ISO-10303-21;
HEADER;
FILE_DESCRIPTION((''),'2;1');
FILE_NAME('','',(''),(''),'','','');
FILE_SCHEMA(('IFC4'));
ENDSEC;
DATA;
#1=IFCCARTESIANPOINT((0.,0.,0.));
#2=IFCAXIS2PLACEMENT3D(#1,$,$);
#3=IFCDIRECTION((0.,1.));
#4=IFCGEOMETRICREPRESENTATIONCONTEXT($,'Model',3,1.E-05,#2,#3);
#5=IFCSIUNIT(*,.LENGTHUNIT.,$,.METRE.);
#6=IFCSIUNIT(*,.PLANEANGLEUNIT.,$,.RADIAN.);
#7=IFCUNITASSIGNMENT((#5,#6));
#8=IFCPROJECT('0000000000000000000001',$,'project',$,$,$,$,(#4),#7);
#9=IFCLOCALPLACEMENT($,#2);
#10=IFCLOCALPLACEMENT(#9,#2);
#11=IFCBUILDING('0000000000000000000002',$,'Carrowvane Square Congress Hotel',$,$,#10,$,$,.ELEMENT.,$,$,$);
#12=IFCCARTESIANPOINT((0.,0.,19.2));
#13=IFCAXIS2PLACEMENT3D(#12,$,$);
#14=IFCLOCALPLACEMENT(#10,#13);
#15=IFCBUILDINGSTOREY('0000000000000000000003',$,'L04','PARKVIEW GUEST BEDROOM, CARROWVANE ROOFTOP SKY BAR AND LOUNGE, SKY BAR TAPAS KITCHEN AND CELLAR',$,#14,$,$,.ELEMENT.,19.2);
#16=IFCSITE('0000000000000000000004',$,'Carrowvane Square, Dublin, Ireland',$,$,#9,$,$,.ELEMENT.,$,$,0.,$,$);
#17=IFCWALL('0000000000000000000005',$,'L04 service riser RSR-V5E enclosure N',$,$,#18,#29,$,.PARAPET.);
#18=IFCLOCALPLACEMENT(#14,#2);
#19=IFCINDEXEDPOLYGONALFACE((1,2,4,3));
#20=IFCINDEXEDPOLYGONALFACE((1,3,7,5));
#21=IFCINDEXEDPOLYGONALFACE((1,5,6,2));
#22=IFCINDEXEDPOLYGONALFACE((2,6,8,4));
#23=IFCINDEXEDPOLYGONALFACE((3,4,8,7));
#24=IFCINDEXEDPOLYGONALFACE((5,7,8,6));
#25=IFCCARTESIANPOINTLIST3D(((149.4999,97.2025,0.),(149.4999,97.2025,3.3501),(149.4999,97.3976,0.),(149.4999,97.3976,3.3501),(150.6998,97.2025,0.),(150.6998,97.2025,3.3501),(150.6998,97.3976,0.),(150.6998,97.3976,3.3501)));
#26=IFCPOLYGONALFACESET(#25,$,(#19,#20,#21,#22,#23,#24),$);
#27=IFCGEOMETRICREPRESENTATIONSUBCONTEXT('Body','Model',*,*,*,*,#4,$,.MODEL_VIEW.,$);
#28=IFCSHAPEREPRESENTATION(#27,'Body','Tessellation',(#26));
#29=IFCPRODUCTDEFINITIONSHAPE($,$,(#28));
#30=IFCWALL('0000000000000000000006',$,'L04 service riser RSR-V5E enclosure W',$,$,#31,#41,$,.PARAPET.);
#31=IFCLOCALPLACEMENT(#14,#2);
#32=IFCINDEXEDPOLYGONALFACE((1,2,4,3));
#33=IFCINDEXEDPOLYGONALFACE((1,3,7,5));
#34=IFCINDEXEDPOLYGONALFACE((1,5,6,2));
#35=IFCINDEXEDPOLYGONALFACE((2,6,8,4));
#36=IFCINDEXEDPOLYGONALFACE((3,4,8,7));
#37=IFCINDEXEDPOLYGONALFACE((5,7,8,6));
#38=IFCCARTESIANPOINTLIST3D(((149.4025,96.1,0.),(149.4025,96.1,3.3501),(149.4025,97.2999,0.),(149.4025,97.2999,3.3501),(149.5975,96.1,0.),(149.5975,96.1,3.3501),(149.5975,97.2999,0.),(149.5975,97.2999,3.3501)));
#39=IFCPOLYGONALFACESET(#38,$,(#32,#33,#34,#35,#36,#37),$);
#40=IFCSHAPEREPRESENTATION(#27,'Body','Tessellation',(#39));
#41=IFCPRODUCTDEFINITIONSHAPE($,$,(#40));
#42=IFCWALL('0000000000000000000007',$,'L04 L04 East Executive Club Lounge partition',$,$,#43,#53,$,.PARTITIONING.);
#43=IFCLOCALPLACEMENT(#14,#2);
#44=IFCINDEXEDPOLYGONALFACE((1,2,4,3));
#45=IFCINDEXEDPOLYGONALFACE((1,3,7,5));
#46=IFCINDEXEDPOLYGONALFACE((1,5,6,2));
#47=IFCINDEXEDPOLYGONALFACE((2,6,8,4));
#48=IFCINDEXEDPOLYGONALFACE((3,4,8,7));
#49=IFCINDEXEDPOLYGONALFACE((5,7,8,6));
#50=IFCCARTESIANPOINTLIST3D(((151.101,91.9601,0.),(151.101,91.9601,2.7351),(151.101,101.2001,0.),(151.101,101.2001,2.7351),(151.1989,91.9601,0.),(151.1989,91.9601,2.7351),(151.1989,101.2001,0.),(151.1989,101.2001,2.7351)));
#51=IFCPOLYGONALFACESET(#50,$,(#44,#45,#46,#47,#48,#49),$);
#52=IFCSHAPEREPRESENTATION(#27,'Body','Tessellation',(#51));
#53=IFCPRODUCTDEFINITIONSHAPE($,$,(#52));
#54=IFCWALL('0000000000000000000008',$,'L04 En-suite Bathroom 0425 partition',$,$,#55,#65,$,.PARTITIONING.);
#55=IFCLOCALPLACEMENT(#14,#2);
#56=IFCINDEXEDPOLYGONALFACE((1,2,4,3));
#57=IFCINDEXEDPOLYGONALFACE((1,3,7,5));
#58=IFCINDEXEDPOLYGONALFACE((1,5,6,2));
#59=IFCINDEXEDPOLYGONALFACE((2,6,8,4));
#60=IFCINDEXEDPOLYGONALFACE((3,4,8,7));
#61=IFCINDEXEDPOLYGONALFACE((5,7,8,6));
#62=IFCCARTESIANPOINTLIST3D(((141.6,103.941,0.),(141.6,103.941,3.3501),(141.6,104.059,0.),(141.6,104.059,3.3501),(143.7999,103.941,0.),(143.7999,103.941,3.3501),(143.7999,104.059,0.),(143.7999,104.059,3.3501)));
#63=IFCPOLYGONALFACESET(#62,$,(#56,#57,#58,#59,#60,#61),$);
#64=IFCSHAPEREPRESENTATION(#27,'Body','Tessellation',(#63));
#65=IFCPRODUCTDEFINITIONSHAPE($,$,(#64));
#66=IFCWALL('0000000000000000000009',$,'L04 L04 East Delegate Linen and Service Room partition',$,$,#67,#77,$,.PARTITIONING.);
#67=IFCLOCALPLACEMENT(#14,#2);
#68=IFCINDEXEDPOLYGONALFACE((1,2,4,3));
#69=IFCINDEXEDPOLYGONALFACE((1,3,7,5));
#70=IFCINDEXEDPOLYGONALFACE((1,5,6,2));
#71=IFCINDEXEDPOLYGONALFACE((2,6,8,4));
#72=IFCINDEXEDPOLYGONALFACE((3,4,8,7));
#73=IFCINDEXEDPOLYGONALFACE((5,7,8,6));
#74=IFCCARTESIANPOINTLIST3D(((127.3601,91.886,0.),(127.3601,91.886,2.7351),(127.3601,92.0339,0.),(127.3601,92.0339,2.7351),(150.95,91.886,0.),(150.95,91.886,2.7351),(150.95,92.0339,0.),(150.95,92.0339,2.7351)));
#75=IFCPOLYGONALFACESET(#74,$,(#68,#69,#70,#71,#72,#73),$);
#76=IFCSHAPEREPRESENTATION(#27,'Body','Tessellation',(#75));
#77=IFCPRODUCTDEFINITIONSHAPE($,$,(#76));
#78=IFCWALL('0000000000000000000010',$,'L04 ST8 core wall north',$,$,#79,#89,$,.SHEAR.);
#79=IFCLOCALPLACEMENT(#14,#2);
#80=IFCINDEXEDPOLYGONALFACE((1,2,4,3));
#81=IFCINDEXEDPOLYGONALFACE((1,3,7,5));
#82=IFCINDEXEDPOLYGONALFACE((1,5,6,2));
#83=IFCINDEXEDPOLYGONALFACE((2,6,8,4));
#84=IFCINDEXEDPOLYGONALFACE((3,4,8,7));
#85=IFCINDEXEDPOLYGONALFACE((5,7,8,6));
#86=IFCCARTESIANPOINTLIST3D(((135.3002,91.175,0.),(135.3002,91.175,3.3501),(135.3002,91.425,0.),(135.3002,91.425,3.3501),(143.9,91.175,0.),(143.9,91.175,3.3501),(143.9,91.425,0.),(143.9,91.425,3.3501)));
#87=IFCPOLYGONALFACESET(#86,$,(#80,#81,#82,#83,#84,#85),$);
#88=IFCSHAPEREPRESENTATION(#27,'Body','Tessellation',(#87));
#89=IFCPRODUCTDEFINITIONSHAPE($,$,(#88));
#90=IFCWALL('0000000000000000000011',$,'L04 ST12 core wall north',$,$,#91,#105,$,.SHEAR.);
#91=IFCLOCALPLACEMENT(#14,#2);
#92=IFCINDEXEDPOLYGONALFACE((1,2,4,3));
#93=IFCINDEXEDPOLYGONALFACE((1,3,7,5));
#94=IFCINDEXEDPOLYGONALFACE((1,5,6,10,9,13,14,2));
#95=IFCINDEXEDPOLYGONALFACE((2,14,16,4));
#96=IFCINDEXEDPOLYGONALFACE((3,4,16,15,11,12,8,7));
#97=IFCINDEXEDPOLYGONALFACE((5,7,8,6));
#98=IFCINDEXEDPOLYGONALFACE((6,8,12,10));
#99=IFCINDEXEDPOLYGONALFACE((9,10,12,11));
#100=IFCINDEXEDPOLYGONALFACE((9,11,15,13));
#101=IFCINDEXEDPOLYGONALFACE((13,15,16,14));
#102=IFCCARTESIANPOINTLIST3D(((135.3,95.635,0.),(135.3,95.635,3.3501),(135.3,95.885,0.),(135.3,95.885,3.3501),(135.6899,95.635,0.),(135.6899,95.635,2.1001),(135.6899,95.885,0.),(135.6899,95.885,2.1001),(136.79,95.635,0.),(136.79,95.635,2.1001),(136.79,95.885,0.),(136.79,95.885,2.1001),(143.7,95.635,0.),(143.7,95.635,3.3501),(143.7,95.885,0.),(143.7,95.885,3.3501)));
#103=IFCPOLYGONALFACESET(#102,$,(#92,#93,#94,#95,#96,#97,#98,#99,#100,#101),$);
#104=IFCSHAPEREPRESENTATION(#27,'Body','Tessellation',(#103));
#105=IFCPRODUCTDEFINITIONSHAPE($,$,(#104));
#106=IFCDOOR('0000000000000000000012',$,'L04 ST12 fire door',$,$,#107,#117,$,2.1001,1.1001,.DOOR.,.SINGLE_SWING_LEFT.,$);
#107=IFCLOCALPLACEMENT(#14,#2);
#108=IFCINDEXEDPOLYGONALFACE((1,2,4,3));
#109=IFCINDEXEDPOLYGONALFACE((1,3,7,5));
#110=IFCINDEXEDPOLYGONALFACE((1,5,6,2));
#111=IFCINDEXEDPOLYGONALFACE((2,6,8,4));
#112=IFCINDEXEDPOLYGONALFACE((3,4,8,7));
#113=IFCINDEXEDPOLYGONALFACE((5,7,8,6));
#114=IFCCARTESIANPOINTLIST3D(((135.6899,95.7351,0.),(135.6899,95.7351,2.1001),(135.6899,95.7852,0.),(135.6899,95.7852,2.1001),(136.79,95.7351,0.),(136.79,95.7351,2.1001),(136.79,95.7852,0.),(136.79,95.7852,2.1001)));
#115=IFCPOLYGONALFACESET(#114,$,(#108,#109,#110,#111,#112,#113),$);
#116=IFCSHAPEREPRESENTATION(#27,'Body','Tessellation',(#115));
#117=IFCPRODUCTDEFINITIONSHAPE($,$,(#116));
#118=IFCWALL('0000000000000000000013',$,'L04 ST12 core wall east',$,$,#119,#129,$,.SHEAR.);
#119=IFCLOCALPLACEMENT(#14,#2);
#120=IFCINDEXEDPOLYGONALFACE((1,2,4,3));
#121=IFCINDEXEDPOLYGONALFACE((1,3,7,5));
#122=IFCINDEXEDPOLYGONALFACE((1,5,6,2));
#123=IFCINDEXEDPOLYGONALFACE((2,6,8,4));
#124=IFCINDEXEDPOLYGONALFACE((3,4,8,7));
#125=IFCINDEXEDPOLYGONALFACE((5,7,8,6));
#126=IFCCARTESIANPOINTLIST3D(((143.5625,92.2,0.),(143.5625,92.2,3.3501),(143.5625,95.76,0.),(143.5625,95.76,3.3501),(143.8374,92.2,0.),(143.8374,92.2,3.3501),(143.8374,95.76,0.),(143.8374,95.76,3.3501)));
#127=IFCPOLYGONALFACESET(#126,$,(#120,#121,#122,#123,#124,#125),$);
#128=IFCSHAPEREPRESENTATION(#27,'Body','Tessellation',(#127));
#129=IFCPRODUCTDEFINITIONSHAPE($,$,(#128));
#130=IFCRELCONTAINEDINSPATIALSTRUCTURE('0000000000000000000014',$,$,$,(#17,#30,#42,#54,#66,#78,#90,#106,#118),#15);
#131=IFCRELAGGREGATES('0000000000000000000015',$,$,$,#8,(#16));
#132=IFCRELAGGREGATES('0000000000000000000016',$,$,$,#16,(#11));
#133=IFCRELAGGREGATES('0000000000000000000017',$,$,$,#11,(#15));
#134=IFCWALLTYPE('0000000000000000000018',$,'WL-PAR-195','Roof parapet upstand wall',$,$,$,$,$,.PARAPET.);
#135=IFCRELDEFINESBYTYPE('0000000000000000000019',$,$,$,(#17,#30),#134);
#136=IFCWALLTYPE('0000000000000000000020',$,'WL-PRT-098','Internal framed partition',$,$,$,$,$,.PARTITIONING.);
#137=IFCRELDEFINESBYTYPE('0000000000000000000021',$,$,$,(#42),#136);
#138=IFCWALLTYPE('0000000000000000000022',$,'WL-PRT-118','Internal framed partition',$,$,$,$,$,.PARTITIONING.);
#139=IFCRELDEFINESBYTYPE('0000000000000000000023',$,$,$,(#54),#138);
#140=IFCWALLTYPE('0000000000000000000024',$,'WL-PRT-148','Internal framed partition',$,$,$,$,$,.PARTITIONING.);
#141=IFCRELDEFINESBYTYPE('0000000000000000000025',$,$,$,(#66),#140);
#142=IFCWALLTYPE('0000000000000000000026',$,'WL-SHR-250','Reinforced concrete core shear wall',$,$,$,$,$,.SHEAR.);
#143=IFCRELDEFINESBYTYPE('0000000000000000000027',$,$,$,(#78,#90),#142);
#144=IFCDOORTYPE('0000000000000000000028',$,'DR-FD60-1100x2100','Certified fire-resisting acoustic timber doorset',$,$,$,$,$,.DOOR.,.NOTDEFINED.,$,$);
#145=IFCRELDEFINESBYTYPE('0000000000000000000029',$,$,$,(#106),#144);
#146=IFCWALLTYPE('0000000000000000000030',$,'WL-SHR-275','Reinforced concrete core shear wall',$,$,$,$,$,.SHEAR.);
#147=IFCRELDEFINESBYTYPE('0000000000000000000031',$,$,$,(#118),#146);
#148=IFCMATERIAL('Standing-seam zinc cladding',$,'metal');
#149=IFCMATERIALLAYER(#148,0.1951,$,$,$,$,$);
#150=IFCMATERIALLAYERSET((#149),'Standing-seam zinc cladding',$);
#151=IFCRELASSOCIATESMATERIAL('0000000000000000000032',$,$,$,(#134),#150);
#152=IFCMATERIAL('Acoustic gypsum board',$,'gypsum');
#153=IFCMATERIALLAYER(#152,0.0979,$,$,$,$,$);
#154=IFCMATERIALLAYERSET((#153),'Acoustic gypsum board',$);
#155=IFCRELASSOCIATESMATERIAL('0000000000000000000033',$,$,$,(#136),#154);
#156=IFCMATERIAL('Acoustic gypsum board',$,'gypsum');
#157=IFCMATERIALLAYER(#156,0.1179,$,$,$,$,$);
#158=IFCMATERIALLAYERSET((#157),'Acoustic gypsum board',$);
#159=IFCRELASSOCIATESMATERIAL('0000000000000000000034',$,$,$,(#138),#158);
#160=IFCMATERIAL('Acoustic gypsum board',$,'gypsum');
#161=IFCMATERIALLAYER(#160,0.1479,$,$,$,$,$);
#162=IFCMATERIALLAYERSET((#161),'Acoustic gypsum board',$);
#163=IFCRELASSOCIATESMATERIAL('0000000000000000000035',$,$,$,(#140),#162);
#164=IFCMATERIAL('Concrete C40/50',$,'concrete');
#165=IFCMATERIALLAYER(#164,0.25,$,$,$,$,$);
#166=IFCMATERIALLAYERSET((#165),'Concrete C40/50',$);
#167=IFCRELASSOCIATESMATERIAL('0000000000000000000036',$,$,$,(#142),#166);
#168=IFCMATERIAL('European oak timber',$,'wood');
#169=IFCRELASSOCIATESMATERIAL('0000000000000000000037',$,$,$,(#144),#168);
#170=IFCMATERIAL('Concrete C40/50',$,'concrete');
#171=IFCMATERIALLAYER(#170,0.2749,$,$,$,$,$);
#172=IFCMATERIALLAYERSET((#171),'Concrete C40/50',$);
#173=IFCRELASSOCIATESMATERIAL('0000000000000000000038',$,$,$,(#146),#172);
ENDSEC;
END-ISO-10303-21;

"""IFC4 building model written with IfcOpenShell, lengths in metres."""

from ifc_helpers import new_model, si_unit, direction, frame, frame_2d, origin, place, context, subcontext, project, spatial, rectangle, extrude, material, layer, layer_set, type_object, element, fill, save


model = new_model("IFC4")

# Units and contexts
model_context = context("Model", 3, precision=1e-05, world=origin(), true_north=direction((0.0, 1.0)))
body_context = subcontext(model_context, "Body", "Model", "MODEL_VIEW")
ifc_project = project(units=[si_unit("LENGTHUNIT", "METRE"), si_unit("PLANEANGLEUNIT", "RADIAN")], contexts=[model_context])

# Site, building, storey
site_placement = place(None, origin())
site = spatial("IfcSite", under=ifc_project, at=site_placement, Name="Carrowvane Square, Dublin, Ireland", CompositionType="ELEMENT", RefElevation=0.0)
building_placement = place(site_placement, origin())
building = spatial("IfcBuilding", under=site, at=building_placement, Name="Carrowvane Square Congress Hotel", CompositionType="ELEMENT")
storey_placement = place(building_placement, frame((0.0, 0.0, 19.2)))
storey = spatial("IfcBuildingStorey", under=building, at=storey_placement, Name="L04", Description="PARKVIEW GUEST BEDROOM, CARROWVANE ROOFTOP SKY BAR AND LOUNGE, SKY BAR TAPAS KITCHEN AND CELLAR", CompositionType="ELEMENT", Elevation=19.2)

# Walls
ifc_material_1 = material(Name="Standing-seam zinc cladding", Category="metal")
ifc_layer_1 = layer(ifc_material_1, 0.1951)
ifc_layer_set_1 = layer_set([ifc_layer_1], Name="Standing-seam zinc cladding")
wall_type_1 = type_object("IfcWallType", Name="WL-PAR-195", Description="Roof parapet upstand wall", PredefinedType="PARAPET", material=ifc_layer_set_1)
for number, where, z_axis, x_axis, name in (
    (1, (150.7, 97.3, 0.0), (0.0, 0.0, 1.0), (-1.0, 0.0, 0.0), "L04 service riser RSR-V5E enclosure N"),
    (2, (149.5, 97.3, 0.0), (0.0, 0.0, 1.0), (0.0, -1.0, 0.0), "L04 service riser RSR-V5E enclosure W"),
):
    element("IfcWall", number, at=place(storey_placement, frame(where, z_axis=z_axis, x_axis=x_axis)), inside=storey, type_object=wall_type_1, Name=name, PredefinedType="PARAPET", context=body_context, shape_type="SweptSolid", body=[
        extrude(rectangle(XDim=1.2, YDim=0.1951, at=frame_2d((0.6001, 0.0))), origin(), (0.0, 0.0, 1.0), 3.3501),
    ])
ifc_material_2 = material(Name="Acoustic gypsum board", Category="gypsum")
ifc_layer_2 = layer(ifc_material_2, 0.0979)
ifc_layer_set_2 = layer_set([ifc_layer_2], Name="Acoustic gypsum board")
wall_type_2 = type_object("IfcWallType", Name="WL-PRT-098", Description="Internal framed partition", PredefinedType="PARTITIONING", material=ifc_layer_set_2)
wall_1_placement = place(storey_placement, frame((151.1499, 91.96, 0.0), z_axis=(0.0, 0.0, 1.0), x_axis=(0.0, 1.0, 0.0)))
element("IfcWall", 3, at=wall_1_placement, inside=storey, type_object=wall_type_2, Name="L04 L04 East Executive Club Lounge partition", PredefinedType="PARTITIONING", context=body_context, shape_type="SweptSolid", body=[
    extrude(rectangle(XDim=9.24, YDim=0.0979, at=frame_2d((4.6201, 0.0))), origin(), (0.0, 0.0, 1.0), 2.7351),
])
ifc_material_3 = material(Name="Acoustic gypsum board", Category="gypsum")
ifc_layer_3 = layer(ifc_material_3, 0.1179)
ifc_layer_set_3 = layer_set([ifc_layer_3], Name="Acoustic gypsum board")
wall_type_3 = type_object("IfcWallType", Name="WL-PRT-118", Description="Internal framed partition", PredefinedType="PARTITIONING", material=ifc_layer_set_3)
wall_2_placement = place(storey_placement, frame((143.8, 104.0, 0.0), z_axis=(0.0, 0.0, 1.0), x_axis=(-1.0, 0.0, 0.0)))
element("IfcWall", 4, at=wall_2_placement, inside=storey, type_object=wall_type_3, Name="L04 En-suite Bathroom 0425 partition", PredefinedType="PARTITIONING", context=body_context, shape_type="SweptSolid", body=[
    extrude(rectangle(XDim=2.2, YDim=0.1179, at=frame_2d((1.1001, 0.0))), origin(), (0.0, 0.0, 1.0), 3.3501),
])
ifc_material_4 = material(Name="Acoustic gypsum board", Category="gypsum")
ifc_layer_4 = layer(ifc_material_4, 0.1479)
ifc_layer_set_4 = layer_set([ifc_layer_4], Name="Acoustic gypsum board")
wall_type_4 = type_object("IfcWallType", Name="WL-PRT-148", Description="Internal framed partition", PredefinedType="PARTITIONING", material=ifc_layer_set_4)
wall_3_placement = place(storey_placement, frame((150.95, 91.96, 0.0), z_axis=(0.0, 0.0, 1.0), x_axis=(-1.0, 0.0, 0.0)))
element("IfcWall", 5, at=wall_3_placement, inside=storey, type_object=wall_type_4, Name="L04 L04 East Delegate Linen and Service Room partition", PredefinedType="PARTITIONING", context=body_context, shape_type="SweptSolid", body=[
    extrude(rectangle(XDim=23.5898, YDim=0.1479, at=frame_2d((11.7949, 0.0))), origin(), (0.0, 0.0, 1.0), 2.7351),
])
ifc_material_5 = material(Name="Concrete C40/50", Category="concrete")
ifc_layer_5 = layer(ifc_material_5, 0.25)
ifc_layer_set_5 = layer_set([ifc_layer_5], Name="Concrete C40/50")
wall_type_5 = type_object("IfcWallType", Name="WL-SHR-250", Description="Reinforced concrete core shear wall", PredefinedType="SHEAR", material=ifc_layer_set_5)
wall_4_placement = place(storey_placement, frame((143.8999, 91.3, 0.0), z_axis=(0.0, 0.0, 1.0), x_axis=(-1.0, 0.0, 0.0)))
element("IfcWall", 6, at=wall_4_placement, inside=storey, type_object=wall_type_5, Name="L04 ST8 core wall north", PredefinedType="SHEAR", context=body_context, shape_type="SweptSolid", body=[
    extrude(rectangle(XDim=8.5999, YDim=0.25, at=frame_2d((4.2998, 0.0))), origin(), (0.0, 0.0, 1.0), 3.3501),
])

# Wall, opening, door
wall_5_placement = place(storey_placement, frame((143.7, 95.76, 0.0), z_axis=(0.0, 0.0, 1.0), x_axis=(-1.0, 0.0, 0.0)))
wall_5 = element("IfcWall", 7, at=wall_5_placement, inside=storey, type_object=wall_type_5, Name="L04 ST12 core wall north", PredefinedType="SHEAR", context=body_context, shape_type="SweptSolid", body=[
    extrude(rectangle(XDim=8.3999, YDim=0.25, at=frame_2d((4.2, 0.0))), origin(), (0.0, 0.0, 1.0), 3.3501),
])
opening_1_placement = place(wall_5_placement, frame((6.9099, 0.0, 0.0)))
opening_1 = element("IfcOpeningElement", 8, at=opening_1_placement, cuts=wall_5, PredefinedType="OPENING", context=body_context, shape_type="SweptSolid", body=[
    extrude(rectangle(XDim=1.1001, YDim=2.1001, at=frame_2d((0.55, 1.05))), frame((0.0, 0.135, 0.0), z_axis=(0.0, -1.0, 0.0), x_axis=(1.0, 0.0, 0.0)), (0.0, 0.0, 1.0), 0.27),
])
ifc_material_6 = material(Name="European oak timber", Category="wood")
door_type_1 = type_object("IfcDoorType", Name="DR-FD60-1100x2100", Description="Certified fire-resisting acoustic timber doorset", OperationType="NOTDEFINED", PredefinedType="DOOR", material=ifc_material_6)
door_1_placement = place(opening_1_placement, origin())
door_1 = element("IfcDoor", 9, at=door_1_placement, inside=storey, type_object=door_type_1, Name="L04 ST12 fire door", OperationType="SINGLE_SWING_LEFT", OverallHeight=2.1001, OverallWidth=1.1001, PredefinedType="DOOR", context=body_context, shape_type="SweptSolid", body=[
    extrude(rectangle(XDim=1.1001, YDim=2.1001, at=frame_2d((0.55, 1.05))), frame((0.0, 0.0249, 0.0), z_axis=(0.0, -1.0, 0.0), x_axis=(1.0, 0.0, 0.0)), (0.0, 0.0, 1.0), 0.05),
])
fill(opening_1, door_1)

# Wall
ifc_material_7 = material(Name="Concrete C40/50", Category="concrete")
ifc_layer_6 = layer(ifc_material_7, 0.2749)
ifc_layer_set_6 = layer_set([ifc_layer_6], Name="Concrete C40/50")
wall_type_6 = type_object("IfcWallType", Name="WL-SHR-275", Description="Reinforced concrete core shear wall", PredefinedType="SHEAR", material=ifc_layer_set_6)
wall_6_placement = place(storey_placement, frame((143.7, 92.2, 0.0), z_axis=(0.0, 0.0, 1.0), x_axis=(0.0, 1.0, 0.0)))
element("IfcWall", 10, at=wall_6_placement, inside=storey, type_object=wall_type_6, Name="L04 ST12 core wall east", PredefinedType="SHEAR", context=body_context, shape_type="SweptSolid", body=[
    extrude(rectangle(XDim=3.5601, YDim=0.2749, at=frame_2d((1.78, 0.0))), origin(), (0.0, 0.0, 1.0), 3.3501),
])

save(model, "model.ifc")
